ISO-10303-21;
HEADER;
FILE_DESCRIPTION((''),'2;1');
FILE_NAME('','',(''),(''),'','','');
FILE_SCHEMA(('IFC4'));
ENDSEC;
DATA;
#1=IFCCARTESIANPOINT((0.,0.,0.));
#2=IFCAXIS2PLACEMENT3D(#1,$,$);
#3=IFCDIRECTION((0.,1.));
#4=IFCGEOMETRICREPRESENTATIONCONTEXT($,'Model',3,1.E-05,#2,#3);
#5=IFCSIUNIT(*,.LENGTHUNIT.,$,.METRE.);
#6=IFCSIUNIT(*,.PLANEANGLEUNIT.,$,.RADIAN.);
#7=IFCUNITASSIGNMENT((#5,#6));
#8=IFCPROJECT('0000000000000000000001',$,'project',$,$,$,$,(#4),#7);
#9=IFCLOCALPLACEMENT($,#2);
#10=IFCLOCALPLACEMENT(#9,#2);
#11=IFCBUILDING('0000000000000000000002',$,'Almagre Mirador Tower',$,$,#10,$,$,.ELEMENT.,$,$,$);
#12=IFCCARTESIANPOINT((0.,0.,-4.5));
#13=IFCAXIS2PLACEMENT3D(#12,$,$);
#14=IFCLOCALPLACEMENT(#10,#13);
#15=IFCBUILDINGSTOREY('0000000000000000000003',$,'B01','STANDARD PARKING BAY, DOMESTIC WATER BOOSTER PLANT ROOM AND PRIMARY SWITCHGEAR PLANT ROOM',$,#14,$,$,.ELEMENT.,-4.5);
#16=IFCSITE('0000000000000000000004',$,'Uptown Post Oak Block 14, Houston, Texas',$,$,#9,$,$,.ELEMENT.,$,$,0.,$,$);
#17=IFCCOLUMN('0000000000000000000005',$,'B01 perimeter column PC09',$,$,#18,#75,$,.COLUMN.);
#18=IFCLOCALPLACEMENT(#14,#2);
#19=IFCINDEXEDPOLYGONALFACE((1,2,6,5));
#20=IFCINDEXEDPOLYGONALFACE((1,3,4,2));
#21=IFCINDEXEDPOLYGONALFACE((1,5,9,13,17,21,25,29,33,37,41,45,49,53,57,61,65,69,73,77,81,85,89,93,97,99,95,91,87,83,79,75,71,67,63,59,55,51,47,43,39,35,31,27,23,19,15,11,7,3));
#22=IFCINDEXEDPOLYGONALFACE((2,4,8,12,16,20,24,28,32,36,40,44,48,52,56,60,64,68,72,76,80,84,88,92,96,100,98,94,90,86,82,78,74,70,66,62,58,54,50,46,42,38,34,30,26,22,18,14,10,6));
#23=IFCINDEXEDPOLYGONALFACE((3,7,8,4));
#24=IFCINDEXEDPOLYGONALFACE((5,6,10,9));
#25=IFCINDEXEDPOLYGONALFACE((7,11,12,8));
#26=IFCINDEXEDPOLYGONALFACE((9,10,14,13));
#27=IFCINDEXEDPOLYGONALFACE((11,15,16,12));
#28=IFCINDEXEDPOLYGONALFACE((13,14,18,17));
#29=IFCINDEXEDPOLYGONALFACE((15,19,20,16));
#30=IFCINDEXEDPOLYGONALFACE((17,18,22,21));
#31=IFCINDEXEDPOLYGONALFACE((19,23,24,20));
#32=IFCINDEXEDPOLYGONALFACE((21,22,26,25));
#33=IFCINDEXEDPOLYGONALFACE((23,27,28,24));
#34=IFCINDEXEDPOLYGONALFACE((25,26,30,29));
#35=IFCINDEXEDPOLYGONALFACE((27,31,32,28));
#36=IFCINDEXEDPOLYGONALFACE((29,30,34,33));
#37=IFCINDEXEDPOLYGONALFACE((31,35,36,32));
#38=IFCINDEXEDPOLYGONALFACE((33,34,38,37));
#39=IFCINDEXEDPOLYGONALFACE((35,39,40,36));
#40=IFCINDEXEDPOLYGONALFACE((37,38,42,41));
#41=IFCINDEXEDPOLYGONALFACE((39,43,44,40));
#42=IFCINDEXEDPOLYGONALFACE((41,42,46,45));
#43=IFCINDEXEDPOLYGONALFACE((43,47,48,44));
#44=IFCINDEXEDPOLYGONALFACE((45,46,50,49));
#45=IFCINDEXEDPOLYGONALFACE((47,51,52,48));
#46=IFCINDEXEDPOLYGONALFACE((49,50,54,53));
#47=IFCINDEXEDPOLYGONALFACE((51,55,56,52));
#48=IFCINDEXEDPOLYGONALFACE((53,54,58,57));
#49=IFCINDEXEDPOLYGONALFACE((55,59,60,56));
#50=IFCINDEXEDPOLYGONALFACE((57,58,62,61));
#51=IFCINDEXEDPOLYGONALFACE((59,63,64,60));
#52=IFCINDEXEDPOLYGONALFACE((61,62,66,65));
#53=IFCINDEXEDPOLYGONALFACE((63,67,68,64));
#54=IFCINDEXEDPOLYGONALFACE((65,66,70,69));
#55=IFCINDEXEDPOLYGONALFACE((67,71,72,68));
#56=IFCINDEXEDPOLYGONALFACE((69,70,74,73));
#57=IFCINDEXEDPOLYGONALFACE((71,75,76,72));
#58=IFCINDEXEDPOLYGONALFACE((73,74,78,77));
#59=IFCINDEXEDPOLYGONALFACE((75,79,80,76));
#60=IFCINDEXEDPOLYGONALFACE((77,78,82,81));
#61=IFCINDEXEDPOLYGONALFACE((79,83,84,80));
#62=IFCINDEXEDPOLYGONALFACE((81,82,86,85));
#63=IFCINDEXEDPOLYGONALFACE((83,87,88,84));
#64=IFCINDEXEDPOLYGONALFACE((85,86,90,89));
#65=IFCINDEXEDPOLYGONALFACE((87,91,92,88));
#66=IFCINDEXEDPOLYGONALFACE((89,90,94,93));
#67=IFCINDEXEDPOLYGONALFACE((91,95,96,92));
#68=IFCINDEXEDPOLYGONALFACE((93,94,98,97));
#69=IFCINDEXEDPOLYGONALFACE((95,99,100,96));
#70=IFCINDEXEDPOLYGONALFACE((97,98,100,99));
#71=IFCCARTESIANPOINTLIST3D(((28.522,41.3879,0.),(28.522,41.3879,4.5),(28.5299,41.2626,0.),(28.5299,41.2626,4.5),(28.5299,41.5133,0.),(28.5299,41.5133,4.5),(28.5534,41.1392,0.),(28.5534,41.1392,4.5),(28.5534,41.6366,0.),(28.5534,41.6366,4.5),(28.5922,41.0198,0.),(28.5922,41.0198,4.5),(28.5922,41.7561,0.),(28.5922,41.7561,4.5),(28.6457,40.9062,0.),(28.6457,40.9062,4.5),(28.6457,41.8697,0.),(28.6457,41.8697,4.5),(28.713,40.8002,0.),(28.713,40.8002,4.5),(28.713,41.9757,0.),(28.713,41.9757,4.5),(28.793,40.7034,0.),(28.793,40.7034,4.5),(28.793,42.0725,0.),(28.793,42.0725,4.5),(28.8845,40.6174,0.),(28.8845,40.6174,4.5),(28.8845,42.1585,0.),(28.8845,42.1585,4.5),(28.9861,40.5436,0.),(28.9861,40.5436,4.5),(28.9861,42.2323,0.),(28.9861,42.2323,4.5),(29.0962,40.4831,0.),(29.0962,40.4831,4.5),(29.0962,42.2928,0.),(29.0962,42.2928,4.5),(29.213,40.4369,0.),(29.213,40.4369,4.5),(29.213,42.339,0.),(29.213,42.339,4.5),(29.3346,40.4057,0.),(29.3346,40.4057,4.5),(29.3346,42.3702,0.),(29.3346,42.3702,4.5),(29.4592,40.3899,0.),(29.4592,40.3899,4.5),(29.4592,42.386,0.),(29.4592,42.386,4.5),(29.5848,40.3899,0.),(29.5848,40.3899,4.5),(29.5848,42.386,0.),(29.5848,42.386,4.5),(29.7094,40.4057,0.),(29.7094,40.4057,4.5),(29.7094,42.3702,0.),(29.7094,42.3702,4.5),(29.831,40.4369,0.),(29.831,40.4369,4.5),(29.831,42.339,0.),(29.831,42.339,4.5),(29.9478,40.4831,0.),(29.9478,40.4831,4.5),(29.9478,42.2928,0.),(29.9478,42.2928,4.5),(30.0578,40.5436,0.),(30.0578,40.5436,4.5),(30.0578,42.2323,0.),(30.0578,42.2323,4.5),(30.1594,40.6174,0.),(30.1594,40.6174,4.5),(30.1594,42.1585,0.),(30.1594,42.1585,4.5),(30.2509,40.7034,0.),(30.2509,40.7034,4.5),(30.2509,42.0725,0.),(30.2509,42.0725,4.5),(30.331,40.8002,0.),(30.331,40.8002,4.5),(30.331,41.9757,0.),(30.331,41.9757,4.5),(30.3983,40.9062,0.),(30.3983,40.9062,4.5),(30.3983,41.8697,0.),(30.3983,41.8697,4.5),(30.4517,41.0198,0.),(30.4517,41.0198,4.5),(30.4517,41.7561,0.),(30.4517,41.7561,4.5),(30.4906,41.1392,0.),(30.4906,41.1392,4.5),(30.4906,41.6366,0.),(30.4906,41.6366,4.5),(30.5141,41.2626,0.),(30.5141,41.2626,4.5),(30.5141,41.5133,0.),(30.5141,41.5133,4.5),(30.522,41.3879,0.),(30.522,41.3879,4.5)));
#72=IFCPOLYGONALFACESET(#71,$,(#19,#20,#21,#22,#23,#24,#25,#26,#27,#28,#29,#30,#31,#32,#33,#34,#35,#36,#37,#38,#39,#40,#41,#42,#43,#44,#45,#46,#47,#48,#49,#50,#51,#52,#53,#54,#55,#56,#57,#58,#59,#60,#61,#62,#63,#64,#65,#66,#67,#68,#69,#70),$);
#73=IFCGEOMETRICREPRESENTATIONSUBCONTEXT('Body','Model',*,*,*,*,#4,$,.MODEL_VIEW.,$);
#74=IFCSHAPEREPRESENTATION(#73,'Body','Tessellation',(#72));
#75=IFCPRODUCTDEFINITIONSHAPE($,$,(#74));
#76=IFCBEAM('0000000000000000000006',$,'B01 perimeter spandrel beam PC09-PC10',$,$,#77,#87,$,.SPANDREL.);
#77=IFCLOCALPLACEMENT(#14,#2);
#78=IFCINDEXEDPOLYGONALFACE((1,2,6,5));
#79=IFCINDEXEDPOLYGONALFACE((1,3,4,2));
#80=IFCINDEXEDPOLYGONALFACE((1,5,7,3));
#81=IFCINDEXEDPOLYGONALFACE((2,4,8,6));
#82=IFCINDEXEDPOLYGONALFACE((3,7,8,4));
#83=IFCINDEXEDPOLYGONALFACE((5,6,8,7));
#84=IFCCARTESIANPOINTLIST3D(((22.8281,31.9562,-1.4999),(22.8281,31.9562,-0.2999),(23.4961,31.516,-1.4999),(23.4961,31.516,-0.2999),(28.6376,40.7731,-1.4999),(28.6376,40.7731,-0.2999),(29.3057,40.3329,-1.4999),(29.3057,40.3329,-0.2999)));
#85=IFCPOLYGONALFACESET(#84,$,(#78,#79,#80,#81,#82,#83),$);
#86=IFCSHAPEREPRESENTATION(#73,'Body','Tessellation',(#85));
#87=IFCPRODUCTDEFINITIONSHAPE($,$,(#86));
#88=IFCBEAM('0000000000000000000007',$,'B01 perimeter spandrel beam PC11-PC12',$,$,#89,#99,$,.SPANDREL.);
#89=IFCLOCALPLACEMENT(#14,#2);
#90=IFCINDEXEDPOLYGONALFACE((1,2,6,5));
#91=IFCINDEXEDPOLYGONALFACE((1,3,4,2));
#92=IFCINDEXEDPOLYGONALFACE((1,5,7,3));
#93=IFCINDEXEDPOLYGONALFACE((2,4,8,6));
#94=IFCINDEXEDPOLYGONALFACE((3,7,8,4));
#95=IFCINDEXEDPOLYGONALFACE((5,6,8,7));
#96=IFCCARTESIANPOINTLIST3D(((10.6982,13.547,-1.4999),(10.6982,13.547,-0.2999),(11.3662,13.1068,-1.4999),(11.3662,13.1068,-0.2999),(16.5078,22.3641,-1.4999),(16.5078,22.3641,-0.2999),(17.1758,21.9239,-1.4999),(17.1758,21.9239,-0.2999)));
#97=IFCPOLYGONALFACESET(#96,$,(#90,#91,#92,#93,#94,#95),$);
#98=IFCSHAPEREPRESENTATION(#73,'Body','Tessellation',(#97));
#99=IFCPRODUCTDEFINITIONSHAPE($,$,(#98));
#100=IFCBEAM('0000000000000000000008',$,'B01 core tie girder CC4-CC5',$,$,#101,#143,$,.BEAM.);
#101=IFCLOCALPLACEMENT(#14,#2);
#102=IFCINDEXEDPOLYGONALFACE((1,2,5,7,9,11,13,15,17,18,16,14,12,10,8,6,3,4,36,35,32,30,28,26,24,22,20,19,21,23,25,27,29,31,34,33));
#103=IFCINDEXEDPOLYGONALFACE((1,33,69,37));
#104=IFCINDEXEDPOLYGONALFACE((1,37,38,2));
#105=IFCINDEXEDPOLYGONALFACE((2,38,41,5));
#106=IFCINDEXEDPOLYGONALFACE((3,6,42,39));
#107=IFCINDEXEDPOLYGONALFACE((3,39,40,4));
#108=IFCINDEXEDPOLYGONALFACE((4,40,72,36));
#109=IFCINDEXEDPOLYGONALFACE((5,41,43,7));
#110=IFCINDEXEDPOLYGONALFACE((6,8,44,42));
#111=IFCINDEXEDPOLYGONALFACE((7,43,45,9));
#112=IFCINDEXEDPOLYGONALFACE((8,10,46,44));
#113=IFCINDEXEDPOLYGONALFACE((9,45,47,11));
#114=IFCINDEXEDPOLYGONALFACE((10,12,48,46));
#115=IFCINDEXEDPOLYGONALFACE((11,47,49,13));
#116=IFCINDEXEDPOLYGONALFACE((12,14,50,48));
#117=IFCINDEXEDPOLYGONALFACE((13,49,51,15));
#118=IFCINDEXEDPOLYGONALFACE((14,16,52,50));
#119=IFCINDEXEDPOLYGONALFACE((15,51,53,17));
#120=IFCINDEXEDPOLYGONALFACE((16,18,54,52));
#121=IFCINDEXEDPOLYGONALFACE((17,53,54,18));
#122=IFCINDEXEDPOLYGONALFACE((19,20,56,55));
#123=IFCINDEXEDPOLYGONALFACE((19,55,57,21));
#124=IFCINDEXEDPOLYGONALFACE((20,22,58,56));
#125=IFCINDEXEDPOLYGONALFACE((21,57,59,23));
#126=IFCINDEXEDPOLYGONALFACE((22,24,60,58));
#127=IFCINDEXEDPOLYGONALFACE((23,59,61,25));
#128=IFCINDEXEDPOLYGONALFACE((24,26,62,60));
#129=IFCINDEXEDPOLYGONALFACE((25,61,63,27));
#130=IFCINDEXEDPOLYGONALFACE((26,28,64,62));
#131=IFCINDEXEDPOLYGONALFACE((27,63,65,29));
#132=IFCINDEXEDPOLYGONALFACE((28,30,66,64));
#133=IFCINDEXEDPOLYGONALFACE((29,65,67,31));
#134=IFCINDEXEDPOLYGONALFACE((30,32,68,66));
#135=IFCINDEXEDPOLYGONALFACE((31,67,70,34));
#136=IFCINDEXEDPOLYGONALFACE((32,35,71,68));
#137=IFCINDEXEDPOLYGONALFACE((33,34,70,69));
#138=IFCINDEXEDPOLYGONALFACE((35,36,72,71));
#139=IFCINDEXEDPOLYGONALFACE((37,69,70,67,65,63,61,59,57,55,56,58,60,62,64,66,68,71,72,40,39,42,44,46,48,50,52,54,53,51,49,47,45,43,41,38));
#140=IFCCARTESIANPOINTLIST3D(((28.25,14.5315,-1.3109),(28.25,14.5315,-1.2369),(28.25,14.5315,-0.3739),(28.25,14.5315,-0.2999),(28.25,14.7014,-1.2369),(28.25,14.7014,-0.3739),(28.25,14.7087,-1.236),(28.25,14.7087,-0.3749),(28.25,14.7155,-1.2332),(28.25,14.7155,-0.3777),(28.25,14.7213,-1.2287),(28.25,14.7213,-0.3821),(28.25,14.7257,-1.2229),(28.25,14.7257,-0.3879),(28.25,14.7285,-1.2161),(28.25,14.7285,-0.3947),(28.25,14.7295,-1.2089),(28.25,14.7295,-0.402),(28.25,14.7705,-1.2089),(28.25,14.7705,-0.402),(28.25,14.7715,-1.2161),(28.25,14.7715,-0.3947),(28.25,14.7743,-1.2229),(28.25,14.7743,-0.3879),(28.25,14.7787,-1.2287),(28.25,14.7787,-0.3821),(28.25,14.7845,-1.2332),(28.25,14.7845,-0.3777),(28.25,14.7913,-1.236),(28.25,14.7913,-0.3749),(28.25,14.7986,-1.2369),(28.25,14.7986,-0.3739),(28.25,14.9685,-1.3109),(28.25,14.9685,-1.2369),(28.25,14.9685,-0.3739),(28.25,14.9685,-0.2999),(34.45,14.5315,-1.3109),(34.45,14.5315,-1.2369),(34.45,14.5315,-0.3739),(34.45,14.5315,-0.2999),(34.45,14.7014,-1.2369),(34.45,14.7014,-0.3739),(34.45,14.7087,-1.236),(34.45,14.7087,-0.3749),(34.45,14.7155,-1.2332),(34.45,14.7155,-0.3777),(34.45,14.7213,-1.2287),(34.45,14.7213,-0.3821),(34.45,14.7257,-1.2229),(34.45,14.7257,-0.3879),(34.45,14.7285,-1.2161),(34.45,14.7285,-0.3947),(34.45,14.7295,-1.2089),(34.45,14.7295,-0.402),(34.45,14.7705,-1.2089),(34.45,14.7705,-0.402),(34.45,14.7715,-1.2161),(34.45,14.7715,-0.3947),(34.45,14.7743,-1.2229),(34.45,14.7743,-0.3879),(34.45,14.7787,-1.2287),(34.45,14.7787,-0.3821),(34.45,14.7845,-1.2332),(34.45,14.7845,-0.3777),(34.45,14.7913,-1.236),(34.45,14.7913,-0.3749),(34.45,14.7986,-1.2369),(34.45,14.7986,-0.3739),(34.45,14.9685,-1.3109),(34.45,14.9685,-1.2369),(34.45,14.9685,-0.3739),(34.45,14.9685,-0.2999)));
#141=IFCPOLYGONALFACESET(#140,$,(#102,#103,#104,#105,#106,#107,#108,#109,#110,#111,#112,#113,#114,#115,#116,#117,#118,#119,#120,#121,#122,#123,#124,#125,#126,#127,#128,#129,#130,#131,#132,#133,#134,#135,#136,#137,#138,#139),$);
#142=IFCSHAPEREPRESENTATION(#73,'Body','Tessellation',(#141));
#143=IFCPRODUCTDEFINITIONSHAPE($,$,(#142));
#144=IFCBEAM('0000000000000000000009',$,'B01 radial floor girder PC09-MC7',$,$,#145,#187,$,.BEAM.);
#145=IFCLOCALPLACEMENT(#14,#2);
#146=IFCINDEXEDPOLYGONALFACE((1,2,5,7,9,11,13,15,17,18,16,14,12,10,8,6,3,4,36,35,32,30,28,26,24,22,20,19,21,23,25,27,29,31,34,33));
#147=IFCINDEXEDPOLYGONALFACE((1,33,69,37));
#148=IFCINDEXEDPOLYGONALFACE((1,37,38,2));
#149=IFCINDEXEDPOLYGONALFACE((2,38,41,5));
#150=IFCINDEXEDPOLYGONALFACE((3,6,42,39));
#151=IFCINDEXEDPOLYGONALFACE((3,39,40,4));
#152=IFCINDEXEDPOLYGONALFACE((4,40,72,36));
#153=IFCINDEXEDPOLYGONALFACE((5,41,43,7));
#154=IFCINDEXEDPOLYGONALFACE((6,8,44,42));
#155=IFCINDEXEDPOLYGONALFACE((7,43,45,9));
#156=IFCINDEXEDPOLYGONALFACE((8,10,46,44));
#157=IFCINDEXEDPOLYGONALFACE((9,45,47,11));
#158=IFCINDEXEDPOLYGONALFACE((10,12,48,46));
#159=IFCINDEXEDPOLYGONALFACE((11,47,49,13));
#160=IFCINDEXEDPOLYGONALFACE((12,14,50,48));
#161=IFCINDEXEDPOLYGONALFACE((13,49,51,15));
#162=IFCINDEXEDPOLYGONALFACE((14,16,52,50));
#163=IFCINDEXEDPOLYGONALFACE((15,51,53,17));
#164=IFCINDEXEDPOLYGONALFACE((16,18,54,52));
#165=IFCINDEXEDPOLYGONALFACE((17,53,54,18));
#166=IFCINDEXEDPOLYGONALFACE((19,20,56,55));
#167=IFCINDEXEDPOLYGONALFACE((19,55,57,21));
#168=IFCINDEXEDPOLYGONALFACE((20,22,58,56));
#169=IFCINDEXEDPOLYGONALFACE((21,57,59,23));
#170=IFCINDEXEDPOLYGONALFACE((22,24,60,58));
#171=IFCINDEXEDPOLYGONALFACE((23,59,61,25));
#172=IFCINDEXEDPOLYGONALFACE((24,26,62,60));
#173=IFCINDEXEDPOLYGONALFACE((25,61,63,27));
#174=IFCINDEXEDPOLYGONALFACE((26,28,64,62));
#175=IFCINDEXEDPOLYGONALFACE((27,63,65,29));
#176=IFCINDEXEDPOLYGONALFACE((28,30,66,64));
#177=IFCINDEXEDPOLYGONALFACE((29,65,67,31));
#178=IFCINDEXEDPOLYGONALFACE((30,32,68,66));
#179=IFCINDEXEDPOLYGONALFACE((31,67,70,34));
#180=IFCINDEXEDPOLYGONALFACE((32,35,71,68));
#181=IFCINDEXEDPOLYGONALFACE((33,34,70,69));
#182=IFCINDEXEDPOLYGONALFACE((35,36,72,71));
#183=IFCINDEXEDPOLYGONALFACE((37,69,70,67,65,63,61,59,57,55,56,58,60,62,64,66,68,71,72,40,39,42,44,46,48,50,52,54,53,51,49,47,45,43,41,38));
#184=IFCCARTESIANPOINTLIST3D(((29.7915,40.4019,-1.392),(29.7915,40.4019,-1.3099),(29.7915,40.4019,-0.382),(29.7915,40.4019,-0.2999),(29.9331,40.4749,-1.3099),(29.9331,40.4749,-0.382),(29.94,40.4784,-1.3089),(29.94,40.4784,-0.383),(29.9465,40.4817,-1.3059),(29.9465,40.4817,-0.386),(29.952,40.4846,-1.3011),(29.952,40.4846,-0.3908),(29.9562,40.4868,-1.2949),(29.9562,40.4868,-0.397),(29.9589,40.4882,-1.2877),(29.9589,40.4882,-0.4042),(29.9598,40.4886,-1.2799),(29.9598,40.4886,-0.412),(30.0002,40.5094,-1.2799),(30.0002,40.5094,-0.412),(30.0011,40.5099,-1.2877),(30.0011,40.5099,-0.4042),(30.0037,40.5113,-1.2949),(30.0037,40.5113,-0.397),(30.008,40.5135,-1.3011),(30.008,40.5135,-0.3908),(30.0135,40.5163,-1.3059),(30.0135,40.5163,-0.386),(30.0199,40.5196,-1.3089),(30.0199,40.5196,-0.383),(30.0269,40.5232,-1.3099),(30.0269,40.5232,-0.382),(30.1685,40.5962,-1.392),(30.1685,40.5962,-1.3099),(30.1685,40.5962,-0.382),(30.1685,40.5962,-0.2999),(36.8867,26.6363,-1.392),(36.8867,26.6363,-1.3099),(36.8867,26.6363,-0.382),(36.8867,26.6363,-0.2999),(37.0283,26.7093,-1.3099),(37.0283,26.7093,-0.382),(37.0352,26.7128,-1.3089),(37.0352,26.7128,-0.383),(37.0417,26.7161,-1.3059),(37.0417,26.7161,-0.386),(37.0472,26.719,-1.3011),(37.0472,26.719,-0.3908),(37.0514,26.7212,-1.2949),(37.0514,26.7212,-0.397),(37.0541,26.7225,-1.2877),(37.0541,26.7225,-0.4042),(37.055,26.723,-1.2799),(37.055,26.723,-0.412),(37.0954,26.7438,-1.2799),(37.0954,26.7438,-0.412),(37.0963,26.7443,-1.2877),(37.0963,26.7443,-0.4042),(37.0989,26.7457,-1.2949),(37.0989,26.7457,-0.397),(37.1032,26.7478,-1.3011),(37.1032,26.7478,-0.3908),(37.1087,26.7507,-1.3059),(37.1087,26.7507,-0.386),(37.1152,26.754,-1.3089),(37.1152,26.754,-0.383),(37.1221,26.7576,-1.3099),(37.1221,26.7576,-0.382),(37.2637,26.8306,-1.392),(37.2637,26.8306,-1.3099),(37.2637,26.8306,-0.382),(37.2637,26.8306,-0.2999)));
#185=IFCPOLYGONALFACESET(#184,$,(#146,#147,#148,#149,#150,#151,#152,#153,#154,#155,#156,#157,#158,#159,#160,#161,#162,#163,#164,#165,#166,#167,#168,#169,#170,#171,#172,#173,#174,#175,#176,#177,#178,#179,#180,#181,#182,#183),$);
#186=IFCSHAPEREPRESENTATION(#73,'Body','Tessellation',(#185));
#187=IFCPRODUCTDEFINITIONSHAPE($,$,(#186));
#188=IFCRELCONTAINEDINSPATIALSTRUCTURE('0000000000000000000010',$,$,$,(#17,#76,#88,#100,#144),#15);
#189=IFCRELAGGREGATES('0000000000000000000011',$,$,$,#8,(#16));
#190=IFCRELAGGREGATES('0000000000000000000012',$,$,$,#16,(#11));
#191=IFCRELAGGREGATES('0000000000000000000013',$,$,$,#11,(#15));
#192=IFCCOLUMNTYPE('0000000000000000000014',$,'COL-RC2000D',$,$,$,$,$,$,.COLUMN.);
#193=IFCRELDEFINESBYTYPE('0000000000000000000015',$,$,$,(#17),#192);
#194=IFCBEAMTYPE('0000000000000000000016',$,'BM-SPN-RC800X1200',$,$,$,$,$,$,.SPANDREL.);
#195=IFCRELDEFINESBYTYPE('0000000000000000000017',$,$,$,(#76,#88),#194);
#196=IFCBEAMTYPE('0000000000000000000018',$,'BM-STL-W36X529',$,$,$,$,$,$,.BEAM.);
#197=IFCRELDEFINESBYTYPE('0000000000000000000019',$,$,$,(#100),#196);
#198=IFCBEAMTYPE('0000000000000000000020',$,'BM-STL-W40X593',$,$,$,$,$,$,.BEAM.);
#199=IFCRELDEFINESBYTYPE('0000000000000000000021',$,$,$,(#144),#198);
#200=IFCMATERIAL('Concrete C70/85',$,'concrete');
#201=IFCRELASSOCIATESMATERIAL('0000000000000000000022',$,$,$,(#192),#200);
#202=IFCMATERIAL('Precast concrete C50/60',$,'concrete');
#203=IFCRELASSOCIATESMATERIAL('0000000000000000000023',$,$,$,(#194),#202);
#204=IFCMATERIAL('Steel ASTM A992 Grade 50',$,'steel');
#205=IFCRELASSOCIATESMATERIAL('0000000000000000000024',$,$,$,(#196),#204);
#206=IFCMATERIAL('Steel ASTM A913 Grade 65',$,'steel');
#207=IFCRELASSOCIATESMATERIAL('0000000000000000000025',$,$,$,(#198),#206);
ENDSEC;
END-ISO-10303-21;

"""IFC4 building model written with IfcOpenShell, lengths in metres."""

from ifc_helpers import new_model, si_unit, direction, frame, origin, origin_2d, place, context, subcontext, project, spatial, rectangle, circle, i_section, extrude, material, material_profile, profile_set, type_object, element, save


model = new_model("IFC4")

# Units and contexts
model_context = context("Model", 3, precision=1e-05, world=origin(), true_north=direction((0.0, 1.0)))
body_context = subcontext(model_context, "Body", "Model", "MODEL_VIEW")
ifc_project = project(units=[si_unit("LENGTHUNIT", "METRE"), si_unit("PLANEANGLEUNIT", "RADIAN")], contexts=[model_context])

# Site, building, storey
site_placement = place(None, origin())
site = spatial("IfcSite", under=ifc_project, at=site_placement, Name="Uptown Post Oak Block 14, Houston, Texas", CompositionType="ELEMENT", RefElevation=0.0)
building_placement = place(site_placement, origin())
building = spatial("IfcBuilding", under=site, at=building_placement, Name="Almagre Mirador Tower", CompositionType="ELEMENT")
storey_placement = place(building_placement, frame((0.0, 0.0, -4.5)))
storey = spatial("IfcBuildingStorey", under=building, at=storey_placement, Name="B01", Description="STANDARD PARKING BAY, DOMESTIC WATER BOOSTER PLANT ROOM AND PRIMARY SWITCHGEAR PLANT ROOM", CompositionType="ELEMENT", Elevation=-4.5)

# Column
ifc_material_1 = material(Name="Concrete C70/85", Category="concrete")
ifc_material_profile_1 = material_profile(ifc_material_1, circle(Radius=1.0, at=origin_2d()), Name="RC2000D")
ifc_profile_set_1 = profile_set([ifc_material_profile_1], Name="Concrete C70/85")
column_type_1 = type_object("IfcColumnType", Name="COL-RC2000D", PredefinedType="COLUMN", material=ifc_profile_set_1)
column_1_placement = place(storey_placement, frame((29.522, 41.3879, 0.0), z_axis=(0.0, 0.0, 1.0), x_axis=(1.0, 0.0, 0.0)))
element("IfcColumn", 1, at=column_1_placement, inside=storey, type_object=column_type_1, Name="B01 perimeter column PC09", PredefinedType="COLUMN", context=body_context, shape_type="SweptSolid", body=[
    extrude(circle(Radius=1.0, at=origin_2d()), origin(), (0.0, 0.0, 1.0), 4.5),
])

# Beams
ifc_material_2 = material(Name="Precast concrete C50/60", Category="concrete")
ifc_material_profile_2 = material_profile(ifc_material_2, rectangle(XDim=0.8, YDim=1.2, at=origin_2d()), Name="RC800X1200")
ifc_profile_set_2 = profile_set([ifc_material_profile_2], Name="Precast concrete C50/60")
beam_type_1 = type_object("IfcBeamType", Name="BM-SPN-RC800X1200", PredefinedType="SPANDREL", material=ifc_profile_set_2)
beam_1_placement = place(storey_placement, frame((28.9717, 40.553, -0.8999), z_axis=(-0.55021, -0.835026, 0.0), x_axis=(0.835026, -0.55021, 0.0)))
element("IfcBeam", 2, at=beam_1_placement, inside=storey, type_object=beam_type_1, Name="B01 perimeter spandrel beam PC09-PC10", PredefinedType="SPANDREL", context=body_context, shape_type="SweptSolid", body=[
    extrude(rectangle(XDim=0.8, YDim=1.2, at=origin_2d()), origin(), (0.0, 0.0, 1.0), 10.5588),
])
beam_2_placement = place(storey_placement, frame((16.8418, 22.144, -0.8999), z_axis=(-0.550199, -0.835033, 0.0), x_axis=(0.835033, -0.550199, 0.0)))
element("IfcBeam", 3, at=beam_2_placement, inside=storey, type_object=beam_type_1, Name="B01 perimeter spandrel beam PC11-PC12", PredefinedType="SPANDREL", context=body_context, shape_type="SweptSolid", body=[
    extrude(rectangle(XDim=0.8, YDim=1.2, at=origin_2d()), origin(), (0.0, 0.0, 1.0), 10.5591),
])
ifc_material_3 = material(Name="Steel ASTM A992 Grade 50", Category="steel")
ifc_material_profile_3 = material_profile(ifc_material_3, i_section(OverallWidth=0.437, OverallDepth=1.011, WebThickness=0.041, FlangeThickness=0.074, FilletRadius=0.0281, at=origin_2d()), Name="W36X529")
ifc_profile_set_3 = profile_set([ifc_material_profile_3], Name="Steel ASTM A992 Grade 50")
beam_type_2 = type_object("IfcBeamType", Name="BM-STL-W36X529", PredefinedType="BEAM", material=ifc_profile_set_3)
beam_3_placement = place(storey_placement, frame((28.25, 14.75, -0.8054), z_axis=(1.0, 0.0, 0.0), x_axis=(0.0, 1.0, 0.0)))
element("IfcBeam", 4, at=beam_3_placement, inside=storey, type_object=beam_type_2, Name="B01 core tie girder CC4-CC5", PredefinedType="BEAM", context=body_context, shape_type="SweptSolid", body=[
    extrude(i_section(OverallWidth=0.437, OverallDepth=1.011, WebThickness=0.041, FlangeThickness=0.074, FilletRadius=0.0281, at=origin_2d()), origin(), (0.0, 0.0, 1.0), 6.2),
])
ifc_material_4 = material(Name="Steel ASTM A913 Grade 65", Category="steel")
ifc_material_profile_4 = material_profile(ifc_material_4, i_section(OverallWidth=0.4241, OverallDepth=1.092, WebThickness=0.0454, FlangeThickness=0.082, FilletRadius=0.03, at=origin_2d()), Name="W40X593")
ifc_profile_set_4 = profile_set([ifc_material_profile_4], Name="Steel ASTM A913 Grade 65")
beam_type_3 = type_object("IfcBeamType", Name="BM-STL-W40X593", PredefinedType="BEAM", material=ifc_profile_set_4)
beam_4_placement = place(storey_placement, frame((29.98, 40.499, -0.8459), z_axis=(0.458152, -0.888874, 0.0), x_axis=(0.888874, 0.458152, 0.0)))
element("IfcBeam", 5, at=beam_4_placement, inside=storey, type_object=beam_type_3, Name="B01 radial floor girder PC09-MC7", PredefinedType="BEAM", context=body_context, shape_type="SweptSolid", body=[
    extrude(i_section(OverallWidth=0.4241, OverallDepth=1.092, WebThickness=0.0454, FlangeThickness=0.082, FilletRadius=0.03, at=origin_2d()), origin(), (0.0, 0.0, 1.0), 15.4866),
])

save(model, "model.ifc")
